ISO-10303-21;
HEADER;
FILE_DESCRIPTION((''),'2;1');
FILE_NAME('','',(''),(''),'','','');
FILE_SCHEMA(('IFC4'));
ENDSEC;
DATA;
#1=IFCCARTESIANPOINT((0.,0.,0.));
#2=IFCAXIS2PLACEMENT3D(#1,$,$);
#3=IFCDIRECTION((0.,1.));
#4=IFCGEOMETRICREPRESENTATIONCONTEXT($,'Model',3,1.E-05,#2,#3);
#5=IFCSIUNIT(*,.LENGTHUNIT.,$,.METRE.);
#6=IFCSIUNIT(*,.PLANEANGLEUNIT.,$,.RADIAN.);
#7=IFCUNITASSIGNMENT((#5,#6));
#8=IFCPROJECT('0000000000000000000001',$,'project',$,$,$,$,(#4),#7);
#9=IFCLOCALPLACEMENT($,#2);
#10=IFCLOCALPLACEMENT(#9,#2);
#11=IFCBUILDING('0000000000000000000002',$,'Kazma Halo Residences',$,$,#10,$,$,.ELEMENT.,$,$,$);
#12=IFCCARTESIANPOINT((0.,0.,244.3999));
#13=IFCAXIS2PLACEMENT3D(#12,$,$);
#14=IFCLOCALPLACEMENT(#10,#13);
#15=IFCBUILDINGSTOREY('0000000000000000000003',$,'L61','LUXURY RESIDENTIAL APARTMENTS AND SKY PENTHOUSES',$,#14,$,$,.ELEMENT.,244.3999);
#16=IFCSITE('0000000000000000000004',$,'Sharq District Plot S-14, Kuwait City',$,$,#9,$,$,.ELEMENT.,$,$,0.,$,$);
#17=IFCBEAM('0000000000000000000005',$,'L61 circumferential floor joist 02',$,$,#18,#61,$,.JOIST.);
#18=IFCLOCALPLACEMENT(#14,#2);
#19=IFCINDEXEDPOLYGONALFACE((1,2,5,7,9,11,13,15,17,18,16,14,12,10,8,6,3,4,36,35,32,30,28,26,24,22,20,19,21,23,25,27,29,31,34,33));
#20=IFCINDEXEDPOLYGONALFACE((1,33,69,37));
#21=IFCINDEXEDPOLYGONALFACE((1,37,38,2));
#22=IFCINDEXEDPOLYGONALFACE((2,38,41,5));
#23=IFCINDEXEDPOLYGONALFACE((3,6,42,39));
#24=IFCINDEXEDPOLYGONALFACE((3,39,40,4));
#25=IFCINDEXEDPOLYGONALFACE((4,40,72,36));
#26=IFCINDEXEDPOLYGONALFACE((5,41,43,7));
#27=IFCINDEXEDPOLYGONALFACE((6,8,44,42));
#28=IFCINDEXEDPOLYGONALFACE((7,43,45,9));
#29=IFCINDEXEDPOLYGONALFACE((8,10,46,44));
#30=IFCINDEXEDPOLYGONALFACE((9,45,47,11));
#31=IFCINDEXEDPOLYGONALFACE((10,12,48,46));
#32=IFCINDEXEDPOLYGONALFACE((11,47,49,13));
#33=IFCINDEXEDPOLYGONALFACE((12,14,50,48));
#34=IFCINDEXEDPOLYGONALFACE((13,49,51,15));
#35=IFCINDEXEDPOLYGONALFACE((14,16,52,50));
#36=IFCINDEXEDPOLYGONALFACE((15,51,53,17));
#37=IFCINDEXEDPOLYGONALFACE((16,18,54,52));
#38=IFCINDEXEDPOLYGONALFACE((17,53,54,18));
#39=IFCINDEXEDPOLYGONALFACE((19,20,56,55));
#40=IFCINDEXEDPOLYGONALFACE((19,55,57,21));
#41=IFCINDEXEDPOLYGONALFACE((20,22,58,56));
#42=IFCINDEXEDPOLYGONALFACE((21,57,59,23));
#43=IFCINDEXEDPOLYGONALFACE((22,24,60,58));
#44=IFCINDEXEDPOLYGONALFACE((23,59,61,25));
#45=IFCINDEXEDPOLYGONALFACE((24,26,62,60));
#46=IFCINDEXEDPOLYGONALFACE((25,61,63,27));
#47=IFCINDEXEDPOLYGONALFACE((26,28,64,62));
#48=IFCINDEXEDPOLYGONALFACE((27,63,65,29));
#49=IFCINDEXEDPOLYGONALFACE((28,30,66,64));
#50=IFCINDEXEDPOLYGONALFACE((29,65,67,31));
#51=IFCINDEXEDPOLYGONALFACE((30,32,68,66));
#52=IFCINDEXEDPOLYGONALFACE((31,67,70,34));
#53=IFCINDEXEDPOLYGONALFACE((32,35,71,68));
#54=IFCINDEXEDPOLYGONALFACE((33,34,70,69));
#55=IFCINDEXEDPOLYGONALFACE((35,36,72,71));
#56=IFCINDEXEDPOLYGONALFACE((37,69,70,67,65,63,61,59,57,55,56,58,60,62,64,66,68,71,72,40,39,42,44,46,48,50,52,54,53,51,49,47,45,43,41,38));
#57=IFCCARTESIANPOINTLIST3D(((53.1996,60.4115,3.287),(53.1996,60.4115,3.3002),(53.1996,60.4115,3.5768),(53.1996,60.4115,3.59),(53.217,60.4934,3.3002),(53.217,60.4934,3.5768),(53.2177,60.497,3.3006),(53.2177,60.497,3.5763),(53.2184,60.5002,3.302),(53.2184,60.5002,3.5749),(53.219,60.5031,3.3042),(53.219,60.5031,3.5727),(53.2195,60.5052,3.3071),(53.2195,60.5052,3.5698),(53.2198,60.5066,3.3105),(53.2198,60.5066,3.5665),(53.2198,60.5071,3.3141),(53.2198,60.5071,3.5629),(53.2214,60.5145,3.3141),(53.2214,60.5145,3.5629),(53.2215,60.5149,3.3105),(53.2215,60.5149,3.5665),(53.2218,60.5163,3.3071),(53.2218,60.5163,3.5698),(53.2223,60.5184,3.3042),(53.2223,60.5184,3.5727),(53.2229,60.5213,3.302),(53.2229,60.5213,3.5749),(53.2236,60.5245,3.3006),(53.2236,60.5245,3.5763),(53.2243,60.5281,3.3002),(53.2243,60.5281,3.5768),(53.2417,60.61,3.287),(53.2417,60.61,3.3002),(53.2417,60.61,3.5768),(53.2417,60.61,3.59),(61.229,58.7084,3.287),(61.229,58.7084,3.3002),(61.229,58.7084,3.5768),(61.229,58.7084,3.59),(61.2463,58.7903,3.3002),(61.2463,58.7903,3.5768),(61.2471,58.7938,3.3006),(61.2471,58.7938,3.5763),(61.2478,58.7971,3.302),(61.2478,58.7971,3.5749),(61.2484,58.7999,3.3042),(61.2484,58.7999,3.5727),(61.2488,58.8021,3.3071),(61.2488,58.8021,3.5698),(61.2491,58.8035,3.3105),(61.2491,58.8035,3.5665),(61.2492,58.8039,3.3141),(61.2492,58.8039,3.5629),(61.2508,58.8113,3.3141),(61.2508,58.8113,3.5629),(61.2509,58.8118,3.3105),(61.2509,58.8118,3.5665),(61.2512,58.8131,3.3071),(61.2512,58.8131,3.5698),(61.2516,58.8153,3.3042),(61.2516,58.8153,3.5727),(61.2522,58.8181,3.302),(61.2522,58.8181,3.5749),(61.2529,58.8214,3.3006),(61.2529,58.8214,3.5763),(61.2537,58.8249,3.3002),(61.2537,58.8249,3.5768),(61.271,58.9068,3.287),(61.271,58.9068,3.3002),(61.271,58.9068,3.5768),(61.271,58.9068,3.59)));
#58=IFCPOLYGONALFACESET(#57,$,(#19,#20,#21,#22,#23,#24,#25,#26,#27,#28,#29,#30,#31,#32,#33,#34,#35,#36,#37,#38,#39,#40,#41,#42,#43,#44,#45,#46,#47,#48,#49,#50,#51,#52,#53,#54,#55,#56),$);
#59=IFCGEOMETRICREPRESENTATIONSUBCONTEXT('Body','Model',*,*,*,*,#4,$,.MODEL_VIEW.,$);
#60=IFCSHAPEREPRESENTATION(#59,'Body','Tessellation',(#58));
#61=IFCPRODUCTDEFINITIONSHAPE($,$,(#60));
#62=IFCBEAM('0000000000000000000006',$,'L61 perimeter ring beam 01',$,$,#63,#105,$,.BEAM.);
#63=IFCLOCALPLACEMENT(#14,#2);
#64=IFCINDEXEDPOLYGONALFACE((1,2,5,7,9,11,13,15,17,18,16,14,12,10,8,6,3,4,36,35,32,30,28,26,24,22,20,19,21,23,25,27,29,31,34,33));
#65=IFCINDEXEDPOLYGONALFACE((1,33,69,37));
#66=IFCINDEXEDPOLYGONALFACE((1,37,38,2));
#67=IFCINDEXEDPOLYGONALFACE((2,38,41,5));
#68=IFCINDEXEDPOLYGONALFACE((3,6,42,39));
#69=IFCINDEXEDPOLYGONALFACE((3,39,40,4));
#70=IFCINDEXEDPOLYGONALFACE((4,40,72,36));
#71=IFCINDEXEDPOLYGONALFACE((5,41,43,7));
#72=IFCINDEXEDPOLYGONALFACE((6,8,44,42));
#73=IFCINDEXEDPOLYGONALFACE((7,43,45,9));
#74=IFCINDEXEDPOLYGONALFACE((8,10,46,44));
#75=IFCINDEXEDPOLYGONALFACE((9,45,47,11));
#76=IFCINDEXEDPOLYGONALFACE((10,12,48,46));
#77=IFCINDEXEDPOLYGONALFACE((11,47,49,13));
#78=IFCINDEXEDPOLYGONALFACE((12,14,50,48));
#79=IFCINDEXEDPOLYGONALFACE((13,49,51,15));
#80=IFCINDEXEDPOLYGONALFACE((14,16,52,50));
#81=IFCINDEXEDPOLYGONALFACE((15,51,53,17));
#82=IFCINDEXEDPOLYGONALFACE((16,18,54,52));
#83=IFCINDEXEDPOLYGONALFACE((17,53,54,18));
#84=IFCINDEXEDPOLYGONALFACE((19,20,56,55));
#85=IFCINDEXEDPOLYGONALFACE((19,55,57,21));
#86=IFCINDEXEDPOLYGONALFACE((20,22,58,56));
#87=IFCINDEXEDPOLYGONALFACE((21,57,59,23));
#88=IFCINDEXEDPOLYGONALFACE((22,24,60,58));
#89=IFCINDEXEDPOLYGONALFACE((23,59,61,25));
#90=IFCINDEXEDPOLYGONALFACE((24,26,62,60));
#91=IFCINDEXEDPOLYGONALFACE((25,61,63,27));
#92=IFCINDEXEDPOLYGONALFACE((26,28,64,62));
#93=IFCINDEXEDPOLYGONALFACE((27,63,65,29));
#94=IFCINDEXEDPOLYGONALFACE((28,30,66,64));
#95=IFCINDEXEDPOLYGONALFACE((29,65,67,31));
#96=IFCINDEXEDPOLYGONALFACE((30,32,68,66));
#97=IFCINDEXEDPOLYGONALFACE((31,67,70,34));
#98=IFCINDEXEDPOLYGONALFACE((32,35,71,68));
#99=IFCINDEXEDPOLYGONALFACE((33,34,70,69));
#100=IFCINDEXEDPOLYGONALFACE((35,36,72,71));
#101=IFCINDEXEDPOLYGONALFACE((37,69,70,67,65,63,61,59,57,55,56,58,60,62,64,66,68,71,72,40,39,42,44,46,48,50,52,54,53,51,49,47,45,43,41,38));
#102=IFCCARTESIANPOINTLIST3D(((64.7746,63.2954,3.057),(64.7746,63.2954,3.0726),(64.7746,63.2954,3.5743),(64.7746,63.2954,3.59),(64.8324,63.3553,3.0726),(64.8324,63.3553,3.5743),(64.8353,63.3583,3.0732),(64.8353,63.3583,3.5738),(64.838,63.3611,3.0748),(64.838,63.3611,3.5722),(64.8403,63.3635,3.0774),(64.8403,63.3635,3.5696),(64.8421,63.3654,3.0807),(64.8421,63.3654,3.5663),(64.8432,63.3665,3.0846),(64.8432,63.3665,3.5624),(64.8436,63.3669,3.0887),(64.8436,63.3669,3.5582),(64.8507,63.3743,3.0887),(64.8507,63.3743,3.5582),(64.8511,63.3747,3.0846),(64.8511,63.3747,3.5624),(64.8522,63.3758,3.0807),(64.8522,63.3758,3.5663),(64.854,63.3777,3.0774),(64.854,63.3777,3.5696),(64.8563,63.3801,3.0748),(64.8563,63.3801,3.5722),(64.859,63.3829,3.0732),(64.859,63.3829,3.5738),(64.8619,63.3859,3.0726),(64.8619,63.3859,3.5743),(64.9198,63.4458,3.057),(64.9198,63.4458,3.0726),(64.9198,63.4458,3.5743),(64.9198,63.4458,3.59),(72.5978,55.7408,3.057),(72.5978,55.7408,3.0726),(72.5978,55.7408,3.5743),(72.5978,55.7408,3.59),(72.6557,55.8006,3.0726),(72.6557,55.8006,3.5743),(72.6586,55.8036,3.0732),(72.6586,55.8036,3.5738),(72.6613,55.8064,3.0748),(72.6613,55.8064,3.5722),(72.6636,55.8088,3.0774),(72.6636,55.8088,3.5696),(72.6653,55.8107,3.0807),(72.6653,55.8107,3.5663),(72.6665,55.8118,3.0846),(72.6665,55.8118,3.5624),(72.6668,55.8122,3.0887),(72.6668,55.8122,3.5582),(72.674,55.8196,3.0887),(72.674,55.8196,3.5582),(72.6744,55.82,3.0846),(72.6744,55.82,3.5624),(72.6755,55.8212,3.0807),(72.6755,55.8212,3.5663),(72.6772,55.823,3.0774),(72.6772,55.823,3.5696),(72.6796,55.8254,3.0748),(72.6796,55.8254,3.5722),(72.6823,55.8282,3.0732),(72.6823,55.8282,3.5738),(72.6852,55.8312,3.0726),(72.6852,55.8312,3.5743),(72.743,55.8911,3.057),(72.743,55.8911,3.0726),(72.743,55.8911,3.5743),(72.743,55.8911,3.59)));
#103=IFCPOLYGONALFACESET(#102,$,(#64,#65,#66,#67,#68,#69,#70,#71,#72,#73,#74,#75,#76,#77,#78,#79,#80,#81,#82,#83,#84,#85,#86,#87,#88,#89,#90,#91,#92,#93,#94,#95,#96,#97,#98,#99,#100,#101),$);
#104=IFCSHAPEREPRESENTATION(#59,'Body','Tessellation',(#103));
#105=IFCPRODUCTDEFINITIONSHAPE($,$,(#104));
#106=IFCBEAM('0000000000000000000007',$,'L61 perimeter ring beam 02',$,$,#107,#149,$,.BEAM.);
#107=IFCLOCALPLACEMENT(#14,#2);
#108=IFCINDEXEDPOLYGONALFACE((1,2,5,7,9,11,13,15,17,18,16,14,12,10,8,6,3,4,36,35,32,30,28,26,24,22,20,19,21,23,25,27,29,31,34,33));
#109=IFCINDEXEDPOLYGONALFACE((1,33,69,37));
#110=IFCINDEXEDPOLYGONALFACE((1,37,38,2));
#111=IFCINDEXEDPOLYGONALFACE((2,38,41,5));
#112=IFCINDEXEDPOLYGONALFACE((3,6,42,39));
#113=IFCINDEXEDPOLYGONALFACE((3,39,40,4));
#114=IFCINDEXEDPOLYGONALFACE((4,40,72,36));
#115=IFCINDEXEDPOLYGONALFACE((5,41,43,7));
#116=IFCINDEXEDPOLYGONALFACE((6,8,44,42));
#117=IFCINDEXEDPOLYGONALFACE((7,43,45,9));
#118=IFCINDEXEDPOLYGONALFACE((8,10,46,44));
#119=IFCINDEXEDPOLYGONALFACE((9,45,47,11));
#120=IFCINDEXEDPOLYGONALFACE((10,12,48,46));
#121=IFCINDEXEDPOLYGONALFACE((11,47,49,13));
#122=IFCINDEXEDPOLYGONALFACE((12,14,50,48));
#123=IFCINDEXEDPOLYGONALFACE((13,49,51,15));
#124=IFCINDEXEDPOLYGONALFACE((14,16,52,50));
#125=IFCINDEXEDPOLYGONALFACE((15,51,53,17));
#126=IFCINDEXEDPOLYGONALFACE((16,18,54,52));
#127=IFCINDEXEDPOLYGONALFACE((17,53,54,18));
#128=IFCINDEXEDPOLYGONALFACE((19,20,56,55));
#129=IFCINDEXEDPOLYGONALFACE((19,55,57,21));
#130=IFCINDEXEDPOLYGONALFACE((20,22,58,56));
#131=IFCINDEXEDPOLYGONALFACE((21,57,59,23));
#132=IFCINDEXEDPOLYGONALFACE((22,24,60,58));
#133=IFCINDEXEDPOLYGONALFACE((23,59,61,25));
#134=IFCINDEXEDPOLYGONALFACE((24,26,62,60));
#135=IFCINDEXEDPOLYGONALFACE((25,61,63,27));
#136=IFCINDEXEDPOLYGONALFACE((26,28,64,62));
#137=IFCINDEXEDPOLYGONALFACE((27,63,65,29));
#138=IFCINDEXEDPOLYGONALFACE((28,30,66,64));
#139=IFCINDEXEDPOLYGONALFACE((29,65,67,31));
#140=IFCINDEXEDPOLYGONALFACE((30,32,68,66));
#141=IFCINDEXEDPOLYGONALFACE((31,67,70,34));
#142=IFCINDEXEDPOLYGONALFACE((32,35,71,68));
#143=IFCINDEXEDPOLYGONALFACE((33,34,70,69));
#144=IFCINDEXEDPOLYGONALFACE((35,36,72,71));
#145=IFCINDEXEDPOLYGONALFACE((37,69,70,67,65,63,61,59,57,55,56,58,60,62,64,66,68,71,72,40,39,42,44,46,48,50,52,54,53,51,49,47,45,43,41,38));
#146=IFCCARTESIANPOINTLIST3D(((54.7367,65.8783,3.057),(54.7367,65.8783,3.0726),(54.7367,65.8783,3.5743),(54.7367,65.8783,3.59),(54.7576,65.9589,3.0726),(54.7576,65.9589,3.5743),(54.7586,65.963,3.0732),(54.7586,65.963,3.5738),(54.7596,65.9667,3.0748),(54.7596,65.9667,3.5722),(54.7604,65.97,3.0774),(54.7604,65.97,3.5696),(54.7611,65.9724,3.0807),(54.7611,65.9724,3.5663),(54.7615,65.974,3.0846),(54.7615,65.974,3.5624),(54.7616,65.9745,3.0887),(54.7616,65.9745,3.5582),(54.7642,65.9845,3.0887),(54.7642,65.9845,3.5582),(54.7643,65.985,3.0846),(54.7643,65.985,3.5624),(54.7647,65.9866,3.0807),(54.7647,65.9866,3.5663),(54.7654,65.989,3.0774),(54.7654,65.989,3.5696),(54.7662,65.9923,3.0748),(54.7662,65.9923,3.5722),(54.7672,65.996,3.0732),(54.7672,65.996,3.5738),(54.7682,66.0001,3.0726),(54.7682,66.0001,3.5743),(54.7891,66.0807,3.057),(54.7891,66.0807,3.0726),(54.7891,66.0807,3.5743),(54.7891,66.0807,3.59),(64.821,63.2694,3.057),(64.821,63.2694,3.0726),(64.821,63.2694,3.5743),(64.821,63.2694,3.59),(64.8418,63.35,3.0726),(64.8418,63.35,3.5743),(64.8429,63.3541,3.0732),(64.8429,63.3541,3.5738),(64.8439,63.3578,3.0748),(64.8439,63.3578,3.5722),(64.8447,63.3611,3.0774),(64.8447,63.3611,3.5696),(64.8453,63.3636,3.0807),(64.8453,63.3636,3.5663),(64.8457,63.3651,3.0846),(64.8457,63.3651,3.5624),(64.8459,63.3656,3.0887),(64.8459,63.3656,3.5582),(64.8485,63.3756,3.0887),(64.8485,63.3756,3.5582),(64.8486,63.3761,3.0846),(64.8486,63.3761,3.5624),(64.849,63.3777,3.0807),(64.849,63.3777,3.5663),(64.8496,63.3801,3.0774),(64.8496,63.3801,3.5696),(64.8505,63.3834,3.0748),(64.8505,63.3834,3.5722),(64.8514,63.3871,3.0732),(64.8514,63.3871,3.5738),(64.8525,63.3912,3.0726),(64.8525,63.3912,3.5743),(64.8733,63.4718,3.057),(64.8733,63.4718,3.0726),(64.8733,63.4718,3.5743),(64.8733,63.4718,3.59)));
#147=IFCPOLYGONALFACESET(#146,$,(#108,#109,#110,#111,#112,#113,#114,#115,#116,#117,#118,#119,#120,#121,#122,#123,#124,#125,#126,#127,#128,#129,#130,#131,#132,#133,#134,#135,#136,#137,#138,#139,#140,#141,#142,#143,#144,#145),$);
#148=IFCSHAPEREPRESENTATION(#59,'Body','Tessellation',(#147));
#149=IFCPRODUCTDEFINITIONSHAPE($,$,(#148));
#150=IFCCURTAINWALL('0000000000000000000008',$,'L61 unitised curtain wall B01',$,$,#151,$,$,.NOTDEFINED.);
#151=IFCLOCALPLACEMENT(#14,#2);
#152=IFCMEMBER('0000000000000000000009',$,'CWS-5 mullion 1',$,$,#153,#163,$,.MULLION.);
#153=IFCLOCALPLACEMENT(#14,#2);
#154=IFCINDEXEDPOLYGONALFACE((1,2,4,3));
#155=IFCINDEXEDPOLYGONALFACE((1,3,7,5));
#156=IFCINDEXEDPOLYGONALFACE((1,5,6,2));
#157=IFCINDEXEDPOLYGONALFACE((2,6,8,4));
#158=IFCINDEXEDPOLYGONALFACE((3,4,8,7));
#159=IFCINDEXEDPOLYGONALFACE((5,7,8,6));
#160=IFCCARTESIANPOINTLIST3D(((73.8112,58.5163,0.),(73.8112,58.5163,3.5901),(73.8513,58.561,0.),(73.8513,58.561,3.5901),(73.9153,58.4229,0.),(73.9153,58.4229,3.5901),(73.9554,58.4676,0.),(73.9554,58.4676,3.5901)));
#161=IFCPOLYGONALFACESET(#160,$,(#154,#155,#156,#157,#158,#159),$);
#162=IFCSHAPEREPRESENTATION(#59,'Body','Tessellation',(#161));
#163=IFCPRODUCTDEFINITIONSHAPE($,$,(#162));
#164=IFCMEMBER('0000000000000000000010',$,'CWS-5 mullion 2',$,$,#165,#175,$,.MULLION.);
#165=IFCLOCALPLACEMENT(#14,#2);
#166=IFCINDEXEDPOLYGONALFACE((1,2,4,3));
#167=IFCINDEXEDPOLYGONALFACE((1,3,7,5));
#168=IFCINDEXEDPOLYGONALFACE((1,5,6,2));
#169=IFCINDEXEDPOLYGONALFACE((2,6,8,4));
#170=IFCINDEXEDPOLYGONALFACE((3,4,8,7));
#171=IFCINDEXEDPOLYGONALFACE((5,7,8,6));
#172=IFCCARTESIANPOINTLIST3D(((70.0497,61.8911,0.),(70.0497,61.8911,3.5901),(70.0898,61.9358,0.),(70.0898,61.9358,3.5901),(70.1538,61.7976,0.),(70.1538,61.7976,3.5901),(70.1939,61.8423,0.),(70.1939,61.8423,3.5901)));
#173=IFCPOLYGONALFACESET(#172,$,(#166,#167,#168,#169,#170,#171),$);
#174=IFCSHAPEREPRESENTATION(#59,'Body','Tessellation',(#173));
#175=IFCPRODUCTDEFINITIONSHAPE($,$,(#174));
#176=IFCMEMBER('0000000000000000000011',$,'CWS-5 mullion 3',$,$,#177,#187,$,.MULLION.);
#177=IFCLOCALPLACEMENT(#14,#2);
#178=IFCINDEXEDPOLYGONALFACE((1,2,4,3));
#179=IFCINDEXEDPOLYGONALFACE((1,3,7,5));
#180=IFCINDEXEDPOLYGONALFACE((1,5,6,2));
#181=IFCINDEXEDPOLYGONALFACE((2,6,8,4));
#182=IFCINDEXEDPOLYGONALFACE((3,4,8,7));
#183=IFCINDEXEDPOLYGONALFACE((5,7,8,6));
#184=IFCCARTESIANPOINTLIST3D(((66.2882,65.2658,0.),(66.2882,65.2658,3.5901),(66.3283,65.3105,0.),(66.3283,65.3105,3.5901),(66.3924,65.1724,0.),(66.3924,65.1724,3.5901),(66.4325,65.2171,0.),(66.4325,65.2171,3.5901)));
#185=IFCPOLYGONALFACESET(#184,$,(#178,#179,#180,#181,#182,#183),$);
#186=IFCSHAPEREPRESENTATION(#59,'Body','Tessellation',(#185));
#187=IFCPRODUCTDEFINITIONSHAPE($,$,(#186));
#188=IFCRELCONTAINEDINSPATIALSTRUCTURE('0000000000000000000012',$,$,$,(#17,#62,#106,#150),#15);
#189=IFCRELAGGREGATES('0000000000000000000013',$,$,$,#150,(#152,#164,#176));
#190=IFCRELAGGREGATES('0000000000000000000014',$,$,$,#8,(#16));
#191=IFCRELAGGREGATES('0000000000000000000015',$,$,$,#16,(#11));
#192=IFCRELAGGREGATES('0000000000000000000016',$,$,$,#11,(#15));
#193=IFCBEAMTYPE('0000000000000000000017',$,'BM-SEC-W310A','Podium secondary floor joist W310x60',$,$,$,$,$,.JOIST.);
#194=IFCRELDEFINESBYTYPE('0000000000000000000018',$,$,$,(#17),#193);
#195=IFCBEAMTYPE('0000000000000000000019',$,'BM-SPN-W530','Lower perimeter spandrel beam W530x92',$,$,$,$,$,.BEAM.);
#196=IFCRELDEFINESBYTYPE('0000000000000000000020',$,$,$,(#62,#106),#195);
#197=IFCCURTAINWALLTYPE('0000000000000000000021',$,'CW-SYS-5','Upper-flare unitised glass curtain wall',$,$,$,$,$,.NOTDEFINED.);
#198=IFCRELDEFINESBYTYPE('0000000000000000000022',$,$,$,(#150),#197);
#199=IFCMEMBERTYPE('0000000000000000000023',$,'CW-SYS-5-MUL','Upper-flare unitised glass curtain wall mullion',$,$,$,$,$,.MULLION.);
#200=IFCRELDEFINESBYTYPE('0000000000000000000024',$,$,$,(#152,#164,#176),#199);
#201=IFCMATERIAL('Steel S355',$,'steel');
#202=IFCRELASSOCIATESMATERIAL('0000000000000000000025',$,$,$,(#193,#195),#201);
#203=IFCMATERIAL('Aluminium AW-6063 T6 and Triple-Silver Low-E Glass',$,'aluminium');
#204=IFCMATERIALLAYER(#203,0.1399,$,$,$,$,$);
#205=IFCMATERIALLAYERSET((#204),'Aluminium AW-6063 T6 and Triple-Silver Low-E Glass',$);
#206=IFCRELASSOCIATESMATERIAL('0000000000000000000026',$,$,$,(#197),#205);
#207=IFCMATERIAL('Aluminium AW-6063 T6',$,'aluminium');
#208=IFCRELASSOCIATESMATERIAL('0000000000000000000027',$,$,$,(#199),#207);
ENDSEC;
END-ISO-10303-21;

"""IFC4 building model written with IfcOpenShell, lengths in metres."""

from ifc_helpers import new_model, si_unit, direction, frame, origin, origin_2d, place, context, subcontext, project, spatial, rectangle, i_section, extrude, material, layer, layer_set, material_profile, profile_set, type_object, element, aggregate, save


model = new_model("IFC4")

# Units and contexts
model_context = context("Model", 3, precision=1e-05, world=origin(), true_north=direction((0.0, 1.0)))
body_context = subcontext(model_context, "Body", "Model", "MODEL_VIEW")
ifc_project = project(units=[si_unit("LENGTHUNIT", "METRE"), si_unit("PLANEANGLEUNIT", "RADIAN")], contexts=[model_context])

# Site, building, storey
site_placement = place(None, origin())
site = spatial("IfcSite", under=ifc_project, at=site_placement, Name="Sharq District Plot S-14, Kuwait City", CompositionType="ELEMENT", RefElevation=0.0)
building_placement = place(site_placement, origin())
building = spatial("IfcBuilding", under=site, at=building_placement, Name="Kazma Halo Residences", CompositionType="ELEMENT")
storey_placement = place(building_placement, frame((0.0, 0.0, 244.3999)))
storey = spatial("IfcBuildingStorey", under=building, at=storey_placement, Name="L61", Description="LUXURY RESIDENTIAL APARTMENTS AND SKY PENTHOUSES", CompositionType="ELEMENT", Elevation=244.3999)

# Beams
ifc_material_1 = material(Name="Steel S355", Category="steel")
ifc_material_profile_1 = material_profile(ifc_material_1, i_section(OverallWidth=0.2029, OverallDepth=0.303, WebThickness=0.0076, FlangeThickness=0.0132, FilletRadius=0.0139, at=origin_2d()), Name="W310x60")
ifc_profile_set_1 = profile_set([ifc_material_profile_1], Name="Steel S355")
beam_type_1 = type_object("IfcBeamType", Name="BM-SEC-W310A", Description="Podium secondary floor joist W310x60", PredefinedType="JOIST", material=ifc_profile_set_1)
beam_1_placement = place(storey_placement, frame((61.25, 58.8076, 3.4385), z_axis=(-0.978236, 0.207497, 0.0), x_axis=(-0.207497, -0.978236, 0.0)))
element("IfcBeam", 1, at=beam_1_placement, inside=storey, type_object=beam_type_1, Name="L61 circumferential floor joist 02", PredefinedType="JOIST", context=body_context, shape_type="SweptSolid", body=[
    extrude(i_section(OverallWidth=0.2029, OverallDepth=0.303, WebThickness=0.0076, FlangeThickness=0.0132, FilletRadius=0.0139, at=origin_2d()), origin(), (0.0, 0.0, 1.0), 8.208),
])
ifc_material_profile_2 = material_profile(ifc_material_1, i_section(OverallWidth=0.209, OverallDepth=0.533, WebThickness=0.0103, FlangeThickness=0.0156, FilletRadius=0.0161, at=origin_2d()), Name="W530x92")
ifc_profile_set_2 = profile_set([ifc_material_profile_2], Name="Steel S355")
beam_type_2 = type_object("IfcBeamType", Name="BM-SPN-W530", Description="Lower perimeter spandrel beam W530x92", PredefinedType="BEAM", material=ifc_profile_set_2)
beam_2_placement = place(storey_placement, frame((72.6704, 55.8159, 3.3235), z_axis=(-0.719346, 0.694652, 0.0), x_axis=(-0.694652, -0.719346, 0.0)))
element("IfcBeam", 2, at=beam_2_placement, inside=storey, type_object=beam_type_2, Name="L61 perimeter ring beam 01", PredefinedType="BEAM", context=body_context, shape_type="SweptSolid", body=[
    extrude(i_section(OverallWidth=0.209, OverallDepth=0.533, WebThickness=0.0103, FlangeThickness=0.0156, FilletRadius=0.0161, at=origin_2d()), origin(), (0.0, 0.0, 1.0), 10.8755),
])
beam_3_placement = place(storey_placement, frame((64.8472, 63.3706, 3.3235), z_axis=(-0.968126, 0.250464, 0.0), x_axis=(-0.250464, -0.968126, 0.0)))
element("IfcBeam", 3, at=beam_3_placement, inside=storey, type_object=beam_type_2, Name="L61 perimeter ring beam 02", PredefinedType="BEAM", context=body_context, shape_type="SweptSolid", body=[
    extrude(i_section(OverallWidth=0.209, OverallDepth=0.533, WebThickness=0.0103, FlangeThickness=0.0156, FilletRadius=0.0161, at=origin_2d()), origin(), (0.0, 0.0, 1.0), 10.4163),
])

# Curtain wall, members
ifc_material_2 = material(Name="Aluminium AW-6063 T6 and Triple-Silver Low-E Glass", Category="aluminium")
ifc_layer_1 = layer(ifc_material_2, 0.1399)
ifc_layer_set_1 = layer_set([ifc_layer_1], Name="Aluminium AW-6063 T6 and Triple-Silver Low-E Glass")
curtain_wall_type = type_object("IfcCurtainWallType", Name="CW-SYS-5", Description="Upper-flare unitised glass curtain wall", PredefinedType="NOTDEFINED", material=ifc_layer_set_1)
curtain_wall_1_placement = place(storey_placement, origin())
curtain_wall_1 = element("IfcCurtainWall", 4, at=curtain_wall_1_placement, inside=storey, type_object=curtain_wall_type, Name="L61 unitised curtain wall B01", PredefinedType="NOTDEFINED")
ifc_material_3 = material(Name="Aluminium AW-6063 T6", Category="aluminium")
ifc_material_profile_3 = material_profile(ifc_material_3, rectangle(XDim=0.0601, YDim=0.1399, at=origin_2d()), Name="CWM-60x140")
ifc_profile_set_3 = profile_set([ifc_material_profile_3], Name="Aluminium AW-6063 T6")
member_type_1 = type_object("IfcMemberType", Name="CW-SYS-5-MUL", Description="Upper-flare unitised glass curtain wall mullion", PredefinedType="MULLION", material=ifc_profile_set_3)
member_1_placement = place(storey_placement, frame((73.8833, 58.4919, 0.0), z_axis=(0.0, 0.0, 1.0), x_axis=(-0.667805, -0.744336, 0.0)))
member_1 = element("IfcMember", 5, at=member_1_placement, type_object=member_type_1, Name="CWS-5 mullion 1", PredefinedType="MULLION", context=body_context, shape_type="SweptSolid", body=[
    extrude(rectangle(XDim=0.0601, YDim=0.1399, at=origin_2d()), origin(), (0.0, 0.0, 1.0), 3.5901),
])
member_2_placement = place(storey_placement, frame((70.1218, 61.8667, 0.0), z_axis=(0.0, 0.0, 1.0), x_axis=(-0.667805, -0.744336, 0.0)))
member_2 = element("IfcMember", 6, at=member_2_placement, type_object=member_type_1, Name="CWS-5 mullion 2", PredefinedType="MULLION", context=body_context, shape_type="SweptSolid", body=[
    extrude(rectangle(XDim=0.0601, YDim=0.1399, at=origin_2d()), origin(), (0.0, 0.0, 1.0), 3.5901),
])
member_3_placement = place(storey_placement, frame((66.3604, 65.2415, 0.0), z_axis=(0.0, 0.0, 1.0), x_axis=(-0.667805, -0.744336, 0.0)))
member_3 = element("IfcMember", 7, at=member_3_placement, type_object=member_type_1, Name="CWS-5 mullion 3", PredefinedType="MULLION", context=body_context, shape_type="SweptSolid", body=[
    extrude(rectangle(XDim=0.0601, YDim=0.1399, at=origin_2d()), origin(), (0.0, 0.0, 1.0), 3.5901),
])

aggregate(curtain_wall_1, [member_1, member_2, member_3])

save(model, "model.ifc")
